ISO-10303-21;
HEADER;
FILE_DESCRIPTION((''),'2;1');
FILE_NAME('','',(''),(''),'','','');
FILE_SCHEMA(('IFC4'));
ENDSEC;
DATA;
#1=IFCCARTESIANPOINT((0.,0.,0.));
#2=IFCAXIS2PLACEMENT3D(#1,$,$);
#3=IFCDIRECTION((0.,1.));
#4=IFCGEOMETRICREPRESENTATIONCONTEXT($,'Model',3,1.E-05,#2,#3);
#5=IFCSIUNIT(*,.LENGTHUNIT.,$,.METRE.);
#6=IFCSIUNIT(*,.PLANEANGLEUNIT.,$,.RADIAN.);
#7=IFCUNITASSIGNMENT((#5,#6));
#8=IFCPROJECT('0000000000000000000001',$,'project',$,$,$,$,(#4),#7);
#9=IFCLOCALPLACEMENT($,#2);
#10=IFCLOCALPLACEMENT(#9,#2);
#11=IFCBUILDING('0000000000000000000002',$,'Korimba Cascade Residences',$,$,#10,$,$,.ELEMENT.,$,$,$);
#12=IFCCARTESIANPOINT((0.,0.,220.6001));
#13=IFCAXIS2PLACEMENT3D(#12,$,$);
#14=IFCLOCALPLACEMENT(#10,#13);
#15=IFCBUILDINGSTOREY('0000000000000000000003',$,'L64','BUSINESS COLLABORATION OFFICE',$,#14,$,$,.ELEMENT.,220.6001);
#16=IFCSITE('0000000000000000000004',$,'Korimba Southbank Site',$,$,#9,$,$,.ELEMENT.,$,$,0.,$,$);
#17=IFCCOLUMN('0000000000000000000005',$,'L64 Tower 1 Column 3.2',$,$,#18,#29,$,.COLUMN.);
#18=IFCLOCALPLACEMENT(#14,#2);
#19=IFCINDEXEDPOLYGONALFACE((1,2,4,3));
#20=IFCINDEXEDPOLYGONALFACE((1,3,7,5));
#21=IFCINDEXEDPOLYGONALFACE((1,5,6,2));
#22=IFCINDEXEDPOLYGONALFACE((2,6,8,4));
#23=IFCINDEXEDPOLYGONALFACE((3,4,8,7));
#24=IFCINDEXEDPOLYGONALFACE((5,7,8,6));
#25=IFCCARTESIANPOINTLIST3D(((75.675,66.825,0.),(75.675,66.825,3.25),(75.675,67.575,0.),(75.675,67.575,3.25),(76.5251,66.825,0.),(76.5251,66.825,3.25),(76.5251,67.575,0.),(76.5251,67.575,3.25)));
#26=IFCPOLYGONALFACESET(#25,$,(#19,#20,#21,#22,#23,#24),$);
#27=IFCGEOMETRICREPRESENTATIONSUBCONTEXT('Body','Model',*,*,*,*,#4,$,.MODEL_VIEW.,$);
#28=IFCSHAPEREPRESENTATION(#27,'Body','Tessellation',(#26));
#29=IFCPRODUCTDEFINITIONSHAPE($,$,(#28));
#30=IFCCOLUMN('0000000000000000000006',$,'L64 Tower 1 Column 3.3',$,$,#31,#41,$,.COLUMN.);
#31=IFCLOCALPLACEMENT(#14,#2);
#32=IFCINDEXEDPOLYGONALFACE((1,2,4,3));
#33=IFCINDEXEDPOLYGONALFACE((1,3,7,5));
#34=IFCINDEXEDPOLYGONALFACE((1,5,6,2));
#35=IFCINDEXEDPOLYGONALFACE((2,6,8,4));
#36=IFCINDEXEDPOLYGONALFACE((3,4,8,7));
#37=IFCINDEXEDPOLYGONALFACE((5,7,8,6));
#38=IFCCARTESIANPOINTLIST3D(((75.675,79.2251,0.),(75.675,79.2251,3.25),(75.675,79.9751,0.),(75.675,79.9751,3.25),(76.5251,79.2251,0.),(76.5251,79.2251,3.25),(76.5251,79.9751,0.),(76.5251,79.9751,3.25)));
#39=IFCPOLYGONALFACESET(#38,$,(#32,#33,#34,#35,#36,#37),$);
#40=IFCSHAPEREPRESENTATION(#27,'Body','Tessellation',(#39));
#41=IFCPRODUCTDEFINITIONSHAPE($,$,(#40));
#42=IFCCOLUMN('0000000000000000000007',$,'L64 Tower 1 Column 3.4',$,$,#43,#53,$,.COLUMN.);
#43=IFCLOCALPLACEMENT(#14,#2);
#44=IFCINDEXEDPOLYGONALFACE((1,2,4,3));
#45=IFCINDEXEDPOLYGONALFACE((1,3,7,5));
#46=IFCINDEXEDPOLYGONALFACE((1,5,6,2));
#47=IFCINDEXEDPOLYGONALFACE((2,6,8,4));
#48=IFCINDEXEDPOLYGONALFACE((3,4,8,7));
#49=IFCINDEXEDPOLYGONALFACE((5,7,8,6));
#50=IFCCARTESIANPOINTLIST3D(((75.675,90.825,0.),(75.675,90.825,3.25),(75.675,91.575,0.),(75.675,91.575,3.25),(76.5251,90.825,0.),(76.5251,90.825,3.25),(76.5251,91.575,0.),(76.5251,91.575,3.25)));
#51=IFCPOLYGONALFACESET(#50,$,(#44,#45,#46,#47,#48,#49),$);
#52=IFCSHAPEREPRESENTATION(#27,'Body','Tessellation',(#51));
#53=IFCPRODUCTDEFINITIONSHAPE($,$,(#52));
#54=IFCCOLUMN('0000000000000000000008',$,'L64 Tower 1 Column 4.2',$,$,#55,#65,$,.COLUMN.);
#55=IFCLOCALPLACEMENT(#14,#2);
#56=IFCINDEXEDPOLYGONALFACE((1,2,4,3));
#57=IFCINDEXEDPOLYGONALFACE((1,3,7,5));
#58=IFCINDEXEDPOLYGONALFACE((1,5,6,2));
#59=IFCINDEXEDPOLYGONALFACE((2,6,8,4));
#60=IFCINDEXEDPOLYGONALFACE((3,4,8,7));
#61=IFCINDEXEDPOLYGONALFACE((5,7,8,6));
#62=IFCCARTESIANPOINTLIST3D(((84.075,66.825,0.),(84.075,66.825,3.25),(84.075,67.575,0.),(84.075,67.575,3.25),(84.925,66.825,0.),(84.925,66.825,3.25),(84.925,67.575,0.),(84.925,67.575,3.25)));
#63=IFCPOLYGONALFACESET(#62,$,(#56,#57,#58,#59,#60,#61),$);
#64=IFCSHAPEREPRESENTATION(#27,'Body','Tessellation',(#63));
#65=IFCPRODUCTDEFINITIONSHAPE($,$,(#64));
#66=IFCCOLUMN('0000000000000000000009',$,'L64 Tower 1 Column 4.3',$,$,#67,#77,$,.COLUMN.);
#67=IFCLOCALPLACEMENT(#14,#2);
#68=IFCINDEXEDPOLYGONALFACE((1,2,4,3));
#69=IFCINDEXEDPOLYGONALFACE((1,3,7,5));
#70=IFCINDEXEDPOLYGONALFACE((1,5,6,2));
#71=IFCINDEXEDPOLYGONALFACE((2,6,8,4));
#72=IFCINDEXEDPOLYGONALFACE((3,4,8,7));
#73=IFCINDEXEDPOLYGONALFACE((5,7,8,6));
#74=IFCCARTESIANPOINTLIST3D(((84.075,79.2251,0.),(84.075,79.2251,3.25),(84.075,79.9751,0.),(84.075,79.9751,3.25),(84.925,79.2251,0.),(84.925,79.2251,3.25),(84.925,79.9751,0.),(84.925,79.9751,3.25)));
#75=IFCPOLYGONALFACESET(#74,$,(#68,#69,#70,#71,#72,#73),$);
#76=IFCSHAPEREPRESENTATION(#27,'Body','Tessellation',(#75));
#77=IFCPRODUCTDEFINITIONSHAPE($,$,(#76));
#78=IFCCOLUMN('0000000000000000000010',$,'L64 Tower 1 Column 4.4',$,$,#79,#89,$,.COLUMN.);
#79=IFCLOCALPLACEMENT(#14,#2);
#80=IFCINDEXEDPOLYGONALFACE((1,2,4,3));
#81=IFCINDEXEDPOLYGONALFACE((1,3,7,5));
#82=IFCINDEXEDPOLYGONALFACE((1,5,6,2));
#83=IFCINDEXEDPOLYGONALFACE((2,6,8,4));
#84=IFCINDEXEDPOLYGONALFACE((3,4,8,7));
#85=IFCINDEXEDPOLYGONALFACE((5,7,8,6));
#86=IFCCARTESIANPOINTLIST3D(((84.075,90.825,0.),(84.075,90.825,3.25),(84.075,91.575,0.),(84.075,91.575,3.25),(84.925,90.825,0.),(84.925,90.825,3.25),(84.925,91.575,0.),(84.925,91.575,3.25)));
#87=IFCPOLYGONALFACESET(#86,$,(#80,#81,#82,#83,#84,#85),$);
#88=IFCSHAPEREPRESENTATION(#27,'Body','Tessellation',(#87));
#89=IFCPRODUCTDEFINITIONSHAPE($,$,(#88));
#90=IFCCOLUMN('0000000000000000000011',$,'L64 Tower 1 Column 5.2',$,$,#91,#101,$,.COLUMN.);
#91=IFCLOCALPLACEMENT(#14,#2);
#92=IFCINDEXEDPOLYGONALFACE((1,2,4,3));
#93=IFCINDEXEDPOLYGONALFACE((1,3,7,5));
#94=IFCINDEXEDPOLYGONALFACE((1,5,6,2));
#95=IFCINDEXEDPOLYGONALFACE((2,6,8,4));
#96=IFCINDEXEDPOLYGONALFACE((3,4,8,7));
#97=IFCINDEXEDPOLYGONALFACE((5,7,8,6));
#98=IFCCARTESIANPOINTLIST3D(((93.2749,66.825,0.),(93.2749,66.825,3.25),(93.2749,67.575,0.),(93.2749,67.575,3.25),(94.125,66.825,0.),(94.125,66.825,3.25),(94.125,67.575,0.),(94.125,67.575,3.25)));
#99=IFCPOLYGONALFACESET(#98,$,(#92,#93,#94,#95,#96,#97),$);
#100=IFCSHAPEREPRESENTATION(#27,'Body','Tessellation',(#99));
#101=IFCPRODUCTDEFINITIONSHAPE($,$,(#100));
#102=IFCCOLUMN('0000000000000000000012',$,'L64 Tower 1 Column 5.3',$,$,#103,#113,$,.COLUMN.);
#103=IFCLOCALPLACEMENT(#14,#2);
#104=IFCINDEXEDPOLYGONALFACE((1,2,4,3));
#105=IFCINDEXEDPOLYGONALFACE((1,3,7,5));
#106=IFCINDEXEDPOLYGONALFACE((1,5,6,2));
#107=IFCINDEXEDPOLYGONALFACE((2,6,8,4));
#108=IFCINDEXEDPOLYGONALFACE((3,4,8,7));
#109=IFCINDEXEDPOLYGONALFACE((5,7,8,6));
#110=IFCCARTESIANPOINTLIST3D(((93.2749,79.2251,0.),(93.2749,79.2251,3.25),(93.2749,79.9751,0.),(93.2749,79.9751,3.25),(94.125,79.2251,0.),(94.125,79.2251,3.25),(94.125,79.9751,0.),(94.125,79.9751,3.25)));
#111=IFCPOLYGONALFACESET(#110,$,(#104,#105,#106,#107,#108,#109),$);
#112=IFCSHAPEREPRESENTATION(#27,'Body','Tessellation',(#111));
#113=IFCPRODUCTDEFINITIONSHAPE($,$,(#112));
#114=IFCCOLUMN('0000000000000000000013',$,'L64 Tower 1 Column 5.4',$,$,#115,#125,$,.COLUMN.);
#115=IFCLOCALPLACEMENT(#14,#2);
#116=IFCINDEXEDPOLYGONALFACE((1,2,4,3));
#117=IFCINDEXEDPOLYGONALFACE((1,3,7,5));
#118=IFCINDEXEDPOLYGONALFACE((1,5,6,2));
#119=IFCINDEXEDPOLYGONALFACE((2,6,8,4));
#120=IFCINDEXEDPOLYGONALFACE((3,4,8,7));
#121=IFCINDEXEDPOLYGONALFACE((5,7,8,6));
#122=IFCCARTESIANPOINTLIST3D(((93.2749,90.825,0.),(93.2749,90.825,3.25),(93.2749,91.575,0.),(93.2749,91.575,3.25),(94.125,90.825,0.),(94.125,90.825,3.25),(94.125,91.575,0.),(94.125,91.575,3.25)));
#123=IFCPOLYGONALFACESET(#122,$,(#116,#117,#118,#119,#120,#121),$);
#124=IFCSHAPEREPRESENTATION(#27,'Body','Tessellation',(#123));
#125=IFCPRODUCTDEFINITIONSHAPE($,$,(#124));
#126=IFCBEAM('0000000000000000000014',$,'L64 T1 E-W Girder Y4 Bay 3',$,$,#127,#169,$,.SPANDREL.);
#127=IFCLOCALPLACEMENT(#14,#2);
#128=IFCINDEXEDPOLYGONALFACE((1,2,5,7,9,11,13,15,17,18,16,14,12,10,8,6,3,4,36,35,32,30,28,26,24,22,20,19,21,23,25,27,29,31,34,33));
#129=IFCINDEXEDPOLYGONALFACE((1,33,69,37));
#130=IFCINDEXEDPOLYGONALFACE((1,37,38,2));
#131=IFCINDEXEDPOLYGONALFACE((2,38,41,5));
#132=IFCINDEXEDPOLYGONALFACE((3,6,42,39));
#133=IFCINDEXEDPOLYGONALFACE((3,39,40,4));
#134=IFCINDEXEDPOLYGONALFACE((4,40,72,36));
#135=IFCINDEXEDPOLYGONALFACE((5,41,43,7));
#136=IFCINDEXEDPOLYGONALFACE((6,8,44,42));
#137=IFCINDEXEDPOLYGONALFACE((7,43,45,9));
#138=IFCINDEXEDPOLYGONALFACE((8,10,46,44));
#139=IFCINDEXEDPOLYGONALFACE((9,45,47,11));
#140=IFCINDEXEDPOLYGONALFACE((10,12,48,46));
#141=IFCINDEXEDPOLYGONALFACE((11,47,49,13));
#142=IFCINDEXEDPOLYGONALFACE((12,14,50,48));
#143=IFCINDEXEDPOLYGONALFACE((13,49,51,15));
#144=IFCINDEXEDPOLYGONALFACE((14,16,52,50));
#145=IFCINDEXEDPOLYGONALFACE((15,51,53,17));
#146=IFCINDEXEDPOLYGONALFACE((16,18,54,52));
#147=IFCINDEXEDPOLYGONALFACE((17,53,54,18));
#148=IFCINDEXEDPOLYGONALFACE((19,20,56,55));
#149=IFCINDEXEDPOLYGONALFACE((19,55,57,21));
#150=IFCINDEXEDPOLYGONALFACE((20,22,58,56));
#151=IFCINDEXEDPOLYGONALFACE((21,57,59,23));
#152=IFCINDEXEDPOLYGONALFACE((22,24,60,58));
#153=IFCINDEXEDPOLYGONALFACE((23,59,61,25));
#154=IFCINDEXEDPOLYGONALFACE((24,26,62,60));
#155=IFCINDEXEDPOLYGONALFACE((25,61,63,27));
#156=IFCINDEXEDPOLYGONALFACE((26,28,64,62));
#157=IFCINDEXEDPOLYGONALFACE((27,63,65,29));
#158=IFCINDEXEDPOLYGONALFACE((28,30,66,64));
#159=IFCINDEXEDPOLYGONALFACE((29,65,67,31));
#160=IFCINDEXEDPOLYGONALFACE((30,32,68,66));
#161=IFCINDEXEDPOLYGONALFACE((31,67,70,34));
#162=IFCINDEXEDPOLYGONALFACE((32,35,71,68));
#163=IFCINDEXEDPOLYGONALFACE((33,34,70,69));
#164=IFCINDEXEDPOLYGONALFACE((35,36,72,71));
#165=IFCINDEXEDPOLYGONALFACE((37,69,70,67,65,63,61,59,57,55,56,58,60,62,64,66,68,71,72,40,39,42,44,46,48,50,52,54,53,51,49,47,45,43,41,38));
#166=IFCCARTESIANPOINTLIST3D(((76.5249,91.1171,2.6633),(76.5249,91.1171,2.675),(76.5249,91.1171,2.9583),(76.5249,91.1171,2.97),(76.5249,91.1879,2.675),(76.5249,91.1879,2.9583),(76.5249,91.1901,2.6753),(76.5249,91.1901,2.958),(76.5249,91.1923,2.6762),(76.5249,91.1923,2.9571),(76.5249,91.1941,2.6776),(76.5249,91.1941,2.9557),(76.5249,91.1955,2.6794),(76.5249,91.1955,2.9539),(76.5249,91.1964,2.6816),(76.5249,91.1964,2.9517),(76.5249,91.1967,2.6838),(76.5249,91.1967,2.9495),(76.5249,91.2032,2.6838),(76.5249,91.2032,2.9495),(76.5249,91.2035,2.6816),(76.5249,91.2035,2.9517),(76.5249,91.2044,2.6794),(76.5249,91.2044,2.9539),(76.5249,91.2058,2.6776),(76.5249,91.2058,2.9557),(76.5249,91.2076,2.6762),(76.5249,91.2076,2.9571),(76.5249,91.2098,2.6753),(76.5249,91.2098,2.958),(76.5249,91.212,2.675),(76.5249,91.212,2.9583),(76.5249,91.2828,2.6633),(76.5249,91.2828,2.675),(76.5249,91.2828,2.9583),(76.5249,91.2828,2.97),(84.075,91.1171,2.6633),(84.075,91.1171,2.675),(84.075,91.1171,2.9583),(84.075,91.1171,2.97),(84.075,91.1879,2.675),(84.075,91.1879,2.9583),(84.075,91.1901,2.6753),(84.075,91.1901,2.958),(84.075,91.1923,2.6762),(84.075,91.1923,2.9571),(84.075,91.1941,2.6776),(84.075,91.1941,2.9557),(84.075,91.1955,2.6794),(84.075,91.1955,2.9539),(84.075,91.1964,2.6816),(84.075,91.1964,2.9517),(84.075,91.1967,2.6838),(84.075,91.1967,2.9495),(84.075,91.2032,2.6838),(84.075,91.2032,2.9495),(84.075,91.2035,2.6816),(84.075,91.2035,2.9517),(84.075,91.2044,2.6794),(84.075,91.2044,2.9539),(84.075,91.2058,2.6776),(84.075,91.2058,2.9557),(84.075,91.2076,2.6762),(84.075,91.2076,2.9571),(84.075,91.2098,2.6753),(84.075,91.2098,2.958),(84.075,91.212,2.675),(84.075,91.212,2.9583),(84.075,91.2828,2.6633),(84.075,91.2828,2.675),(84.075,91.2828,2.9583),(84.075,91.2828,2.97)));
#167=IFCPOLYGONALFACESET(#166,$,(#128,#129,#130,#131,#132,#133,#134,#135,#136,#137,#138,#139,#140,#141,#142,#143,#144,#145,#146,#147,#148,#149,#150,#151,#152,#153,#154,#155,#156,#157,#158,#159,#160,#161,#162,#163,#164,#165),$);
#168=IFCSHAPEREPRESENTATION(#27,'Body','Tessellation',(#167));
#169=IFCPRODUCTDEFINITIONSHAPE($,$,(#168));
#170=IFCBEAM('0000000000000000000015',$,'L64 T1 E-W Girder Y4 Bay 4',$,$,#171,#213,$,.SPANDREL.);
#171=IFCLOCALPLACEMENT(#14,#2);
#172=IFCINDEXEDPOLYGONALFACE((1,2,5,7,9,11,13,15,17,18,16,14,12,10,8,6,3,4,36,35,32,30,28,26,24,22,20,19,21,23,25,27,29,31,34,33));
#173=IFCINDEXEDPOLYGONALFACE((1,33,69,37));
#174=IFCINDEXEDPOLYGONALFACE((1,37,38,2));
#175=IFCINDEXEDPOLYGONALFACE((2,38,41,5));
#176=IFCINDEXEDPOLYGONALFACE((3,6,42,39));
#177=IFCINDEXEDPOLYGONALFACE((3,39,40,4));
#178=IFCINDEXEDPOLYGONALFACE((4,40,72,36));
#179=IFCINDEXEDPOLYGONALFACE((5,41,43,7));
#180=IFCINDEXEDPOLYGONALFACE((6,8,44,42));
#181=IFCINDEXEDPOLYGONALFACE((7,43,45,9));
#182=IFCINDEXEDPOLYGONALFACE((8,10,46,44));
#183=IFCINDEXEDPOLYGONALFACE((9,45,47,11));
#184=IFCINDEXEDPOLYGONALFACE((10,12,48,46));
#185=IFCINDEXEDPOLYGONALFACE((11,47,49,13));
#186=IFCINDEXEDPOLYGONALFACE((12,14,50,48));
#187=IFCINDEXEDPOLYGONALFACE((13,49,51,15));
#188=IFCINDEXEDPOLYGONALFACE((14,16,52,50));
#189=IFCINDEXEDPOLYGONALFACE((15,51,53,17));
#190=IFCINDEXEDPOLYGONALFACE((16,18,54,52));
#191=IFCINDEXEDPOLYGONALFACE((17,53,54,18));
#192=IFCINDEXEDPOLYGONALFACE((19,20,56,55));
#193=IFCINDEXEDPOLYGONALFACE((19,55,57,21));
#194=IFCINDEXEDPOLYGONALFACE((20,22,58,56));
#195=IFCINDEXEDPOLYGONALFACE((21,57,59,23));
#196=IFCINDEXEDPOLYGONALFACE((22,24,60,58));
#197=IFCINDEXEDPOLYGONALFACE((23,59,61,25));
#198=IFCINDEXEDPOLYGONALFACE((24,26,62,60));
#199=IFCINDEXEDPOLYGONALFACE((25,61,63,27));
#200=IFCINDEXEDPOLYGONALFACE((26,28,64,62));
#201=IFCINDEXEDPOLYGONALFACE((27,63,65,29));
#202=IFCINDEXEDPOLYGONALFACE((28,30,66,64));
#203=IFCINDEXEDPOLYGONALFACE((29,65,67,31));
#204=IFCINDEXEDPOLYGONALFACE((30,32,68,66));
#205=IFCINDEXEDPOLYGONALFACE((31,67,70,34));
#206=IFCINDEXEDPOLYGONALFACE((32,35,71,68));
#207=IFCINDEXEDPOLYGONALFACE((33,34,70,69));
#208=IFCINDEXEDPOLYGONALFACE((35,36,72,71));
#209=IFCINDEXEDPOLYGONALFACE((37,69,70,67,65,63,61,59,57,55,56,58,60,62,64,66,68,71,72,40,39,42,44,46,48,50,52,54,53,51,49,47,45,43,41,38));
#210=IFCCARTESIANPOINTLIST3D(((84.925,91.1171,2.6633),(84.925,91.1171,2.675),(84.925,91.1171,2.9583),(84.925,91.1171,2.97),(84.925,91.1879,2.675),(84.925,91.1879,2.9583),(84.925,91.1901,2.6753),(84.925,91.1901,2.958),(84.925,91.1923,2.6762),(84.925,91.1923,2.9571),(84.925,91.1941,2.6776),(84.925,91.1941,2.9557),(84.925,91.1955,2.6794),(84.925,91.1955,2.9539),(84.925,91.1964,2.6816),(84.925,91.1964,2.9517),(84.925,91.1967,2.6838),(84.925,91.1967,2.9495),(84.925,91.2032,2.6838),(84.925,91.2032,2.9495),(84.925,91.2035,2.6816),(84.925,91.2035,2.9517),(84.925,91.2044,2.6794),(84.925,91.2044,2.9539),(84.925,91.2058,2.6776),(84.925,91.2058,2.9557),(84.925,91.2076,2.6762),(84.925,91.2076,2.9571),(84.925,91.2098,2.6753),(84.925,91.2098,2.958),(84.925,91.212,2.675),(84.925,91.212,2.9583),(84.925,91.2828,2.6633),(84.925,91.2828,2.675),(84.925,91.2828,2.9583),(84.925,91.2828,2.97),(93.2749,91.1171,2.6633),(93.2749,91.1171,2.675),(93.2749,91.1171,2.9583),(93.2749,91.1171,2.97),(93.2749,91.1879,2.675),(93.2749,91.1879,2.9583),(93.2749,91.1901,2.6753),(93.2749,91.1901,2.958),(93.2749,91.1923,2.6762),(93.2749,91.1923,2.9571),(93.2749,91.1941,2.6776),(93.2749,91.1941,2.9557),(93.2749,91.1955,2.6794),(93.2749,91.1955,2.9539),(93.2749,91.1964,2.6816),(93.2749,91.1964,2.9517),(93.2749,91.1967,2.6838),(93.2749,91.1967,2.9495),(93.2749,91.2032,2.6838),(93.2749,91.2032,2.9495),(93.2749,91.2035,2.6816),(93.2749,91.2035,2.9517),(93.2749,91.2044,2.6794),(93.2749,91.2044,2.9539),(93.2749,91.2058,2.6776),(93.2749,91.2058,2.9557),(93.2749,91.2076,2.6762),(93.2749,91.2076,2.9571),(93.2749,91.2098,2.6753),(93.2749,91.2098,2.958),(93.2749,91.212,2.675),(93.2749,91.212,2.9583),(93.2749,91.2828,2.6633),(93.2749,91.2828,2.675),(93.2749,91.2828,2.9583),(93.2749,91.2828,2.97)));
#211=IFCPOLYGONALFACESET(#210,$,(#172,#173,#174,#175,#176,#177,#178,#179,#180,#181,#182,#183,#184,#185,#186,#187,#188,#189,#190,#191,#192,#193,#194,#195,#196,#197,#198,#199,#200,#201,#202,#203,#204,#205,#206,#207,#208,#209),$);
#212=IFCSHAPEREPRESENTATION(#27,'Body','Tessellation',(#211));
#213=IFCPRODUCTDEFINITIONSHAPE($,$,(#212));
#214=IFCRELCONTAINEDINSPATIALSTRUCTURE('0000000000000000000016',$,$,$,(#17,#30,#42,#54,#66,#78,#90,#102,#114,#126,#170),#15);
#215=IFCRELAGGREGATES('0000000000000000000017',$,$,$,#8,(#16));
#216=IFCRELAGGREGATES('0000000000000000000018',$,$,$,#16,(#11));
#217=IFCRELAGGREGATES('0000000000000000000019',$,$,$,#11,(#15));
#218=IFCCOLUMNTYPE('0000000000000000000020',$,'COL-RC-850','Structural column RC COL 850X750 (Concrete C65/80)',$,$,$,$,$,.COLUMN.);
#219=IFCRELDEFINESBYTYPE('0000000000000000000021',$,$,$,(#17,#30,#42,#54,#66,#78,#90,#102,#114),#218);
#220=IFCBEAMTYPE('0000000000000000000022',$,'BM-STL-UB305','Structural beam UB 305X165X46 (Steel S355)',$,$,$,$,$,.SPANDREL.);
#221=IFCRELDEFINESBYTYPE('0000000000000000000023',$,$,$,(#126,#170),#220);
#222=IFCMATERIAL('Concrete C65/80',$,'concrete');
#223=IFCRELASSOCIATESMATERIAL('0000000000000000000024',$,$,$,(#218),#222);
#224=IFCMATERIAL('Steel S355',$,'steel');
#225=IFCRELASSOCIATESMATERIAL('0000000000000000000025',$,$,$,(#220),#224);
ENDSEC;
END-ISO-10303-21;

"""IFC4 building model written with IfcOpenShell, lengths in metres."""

from ifc_helpers import new_model, si_unit, direction, frame, origin, origin_2d, place, context, subcontext, project, spatial, rectangle, i_section, extrude, material, material_profile, profile_set, type_object, element, save


model = new_model("IFC4")

# Units and contexts
model_context = context("Model", 3, precision=1e-05, world=origin(), true_north=direction((0.0, 1.0)))
body_context = subcontext(model_context, "Body", "Model", "MODEL_VIEW")
ifc_project = project(units=[si_unit("LENGTHUNIT", "METRE"), si_unit("PLANEANGLEUNIT", "RADIAN")], contexts=[model_context])

# Site, building, storey
site_placement = place(None, origin())
site = spatial("IfcSite", under=ifc_project, at=site_placement, Name="Korimba Southbank Site", CompositionType="ELEMENT", RefElevation=0.0)
building_placement = place(site_placement, origin())
building = spatial("IfcBuilding", under=site, at=building_placement, Name="Korimba Cascade Residences", CompositionType="ELEMENT")
storey_placement = place(building_placement, frame((0.0, 0.0, 220.6001)))
storey = spatial("IfcBuildingStorey", under=building, at=storey_placement, Name="L64", Description="BUSINESS COLLABORATION OFFICE", CompositionType="ELEMENT", Elevation=220.6001)

# Columns
ifc_material_1 = material(Name="Concrete C65/80", Category="concrete")
ifc_material_profile_1 = material_profile(ifc_material_1, rectangle(XDim=0.8501, YDim=0.75, at=origin_2d()), Name="Concrete C65/80")
ifc_profile_set_1 = profile_set([ifc_material_profile_1], Name="Concrete C65/80")
column_type = type_object("IfcColumnType", Name="COL-RC-850", Description="Structural column RC COL 850X750 (Concrete C65/80)", PredefinedType="COLUMN", material=ifc_profile_set_1)
for number, where, z_axis, x_axis, name in (
    (1, (76.1001, 67.2, 0.0), (0.0, 0.0, 1.0), (1.0, 0.0, 0.0), "L64 Tower 1 Column 3.2"),
    (2, (76.1001, 79.6001, 0.0), (0.0, 0.0, 1.0), (1.0, 0.0, 0.0), "L64 Tower 1 Column 3.3"),
    (3, (76.1001, 91.2, 0.0), (0.0, 0.0, 1.0), (1.0, 0.0, 0.0), "L64 Tower 1 Column 3.4"),
    (4, (84.5, 67.2, 0.0), (0.0, 0.0, 1.0), (1.0, 0.0, 0.0), "L64 Tower 1 Column 4.2"),
    (5, (84.5, 79.6001, 0.0), (0.0, 0.0, 1.0), (1.0, 0.0, 0.0), "L64 Tower 1 Column 4.3"),
    (6, (84.5, 91.2, 0.0), (0.0, 0.0, 1.0), (1.0, 0.0, 0.0), "L64 Tower 1 Column 4.4"),
    (7, (93.7, 67.2, 0.0), (0.0, 0.0, 1.0), (1.0, 0.0, 0.0), "L64 Tower 1 Column 5.2"),
    (8, (93.7, 79.6001, 0.0), (0.0, 0.0, 1.0), (1.0, 0.0, 0.0), "L64 Tower 1 Column 5.3"),
    (9, (93.7, 91.2, 0.0), (0.0, 0.0, 1.0), (1.0, 0.0, 0.0), "L64 Tower 1 Column 5.4"),
):
    element("IfcColumn", number, at=place(storey_placement, frame(where, z_axis=z_axis, x_axis=x_axis)), inside=storey, type_object=column_type, Name=name, PredefinedType="COLUMN", context=body_context, shape_type="SweptSolid", body=[
        extrude(rectangle(XDim=0.8501, YDim=0.75, at=origin_2d()), origin(), (0.0, 0.0, 1.0), 3.25),
    ])

# Beams
ifc_material_2 = material(Name="Steel S355", Category="steel")
ifc_material_profile_2 = material_profile(ifc_material_2, i_section(OverallWidth=0.1658, OverallDepth=0.3066, WebThickness=0.0066, FlangeThickness=0.0117, FilletRadius=0.0088, at=origin_2d()), Name="Steel S355")
ifc_profile_set_2 = profile_set([ifc_material_profile_2], Name="Steel S355")
beam_type_1 = type_object("IfcBeamType", Name="BM-STL-UB305", Description="Structural beam UB 305X165X46 (Steel S355)", PredefinedType="SPANDREL", material=ifc_profile_set_2)
beam_1_placement = place(storey_placement, frame((76.5249, 91.2, 2.8167), z_axis=(1.0, 0.0, 0.0), x_axis=(0.0, 1.0, 0.0)))
element("IfcBeam", 10, at=beam_1_placement, inside=storey, type_object=beam_type_1, Name="L64 T1 E-W Girder Y4 Bay 3", PredefinedType="SPANDREL", context=body_context, shape_type="SweptSolid", body=[
    extrude(i_section(OverallWidth=0.1658, OverallDepth=0.3066, WebThickness=0.0066, FlangeThickness=0.0117, FilletRadius=0.0088, at=origin_2d()), origin(), (0.0, 0.0, 1.0), 7.55),
])
beam_2_placement = place(storey_placement, frame((84.925, 91.2, 2.8167), z_axis=(1.0, 0.0, 0.0), x_axis=(0.0, 1.0, 0.0)))
element("IfcBeam", 11, at=beam_2_placement, inside=storey, type_object=beam_type_1, Name="L64 T1 E-W Girder Y4 Bay 4", PredefinedType="SPANDREL", context=body_context, shape_type="SweptSolid", body=[
    extrude(i_section(OverallWidth=0.1658, OverallDepth=0.3066, WebThickness=0.0066, FlangeThickness=0.0117, FilletRadius=0.0088, at=origin_2d()), origin(), (0.0, 0.0, 1.0), 8.3499),
])

save(model, "model.ifc")
